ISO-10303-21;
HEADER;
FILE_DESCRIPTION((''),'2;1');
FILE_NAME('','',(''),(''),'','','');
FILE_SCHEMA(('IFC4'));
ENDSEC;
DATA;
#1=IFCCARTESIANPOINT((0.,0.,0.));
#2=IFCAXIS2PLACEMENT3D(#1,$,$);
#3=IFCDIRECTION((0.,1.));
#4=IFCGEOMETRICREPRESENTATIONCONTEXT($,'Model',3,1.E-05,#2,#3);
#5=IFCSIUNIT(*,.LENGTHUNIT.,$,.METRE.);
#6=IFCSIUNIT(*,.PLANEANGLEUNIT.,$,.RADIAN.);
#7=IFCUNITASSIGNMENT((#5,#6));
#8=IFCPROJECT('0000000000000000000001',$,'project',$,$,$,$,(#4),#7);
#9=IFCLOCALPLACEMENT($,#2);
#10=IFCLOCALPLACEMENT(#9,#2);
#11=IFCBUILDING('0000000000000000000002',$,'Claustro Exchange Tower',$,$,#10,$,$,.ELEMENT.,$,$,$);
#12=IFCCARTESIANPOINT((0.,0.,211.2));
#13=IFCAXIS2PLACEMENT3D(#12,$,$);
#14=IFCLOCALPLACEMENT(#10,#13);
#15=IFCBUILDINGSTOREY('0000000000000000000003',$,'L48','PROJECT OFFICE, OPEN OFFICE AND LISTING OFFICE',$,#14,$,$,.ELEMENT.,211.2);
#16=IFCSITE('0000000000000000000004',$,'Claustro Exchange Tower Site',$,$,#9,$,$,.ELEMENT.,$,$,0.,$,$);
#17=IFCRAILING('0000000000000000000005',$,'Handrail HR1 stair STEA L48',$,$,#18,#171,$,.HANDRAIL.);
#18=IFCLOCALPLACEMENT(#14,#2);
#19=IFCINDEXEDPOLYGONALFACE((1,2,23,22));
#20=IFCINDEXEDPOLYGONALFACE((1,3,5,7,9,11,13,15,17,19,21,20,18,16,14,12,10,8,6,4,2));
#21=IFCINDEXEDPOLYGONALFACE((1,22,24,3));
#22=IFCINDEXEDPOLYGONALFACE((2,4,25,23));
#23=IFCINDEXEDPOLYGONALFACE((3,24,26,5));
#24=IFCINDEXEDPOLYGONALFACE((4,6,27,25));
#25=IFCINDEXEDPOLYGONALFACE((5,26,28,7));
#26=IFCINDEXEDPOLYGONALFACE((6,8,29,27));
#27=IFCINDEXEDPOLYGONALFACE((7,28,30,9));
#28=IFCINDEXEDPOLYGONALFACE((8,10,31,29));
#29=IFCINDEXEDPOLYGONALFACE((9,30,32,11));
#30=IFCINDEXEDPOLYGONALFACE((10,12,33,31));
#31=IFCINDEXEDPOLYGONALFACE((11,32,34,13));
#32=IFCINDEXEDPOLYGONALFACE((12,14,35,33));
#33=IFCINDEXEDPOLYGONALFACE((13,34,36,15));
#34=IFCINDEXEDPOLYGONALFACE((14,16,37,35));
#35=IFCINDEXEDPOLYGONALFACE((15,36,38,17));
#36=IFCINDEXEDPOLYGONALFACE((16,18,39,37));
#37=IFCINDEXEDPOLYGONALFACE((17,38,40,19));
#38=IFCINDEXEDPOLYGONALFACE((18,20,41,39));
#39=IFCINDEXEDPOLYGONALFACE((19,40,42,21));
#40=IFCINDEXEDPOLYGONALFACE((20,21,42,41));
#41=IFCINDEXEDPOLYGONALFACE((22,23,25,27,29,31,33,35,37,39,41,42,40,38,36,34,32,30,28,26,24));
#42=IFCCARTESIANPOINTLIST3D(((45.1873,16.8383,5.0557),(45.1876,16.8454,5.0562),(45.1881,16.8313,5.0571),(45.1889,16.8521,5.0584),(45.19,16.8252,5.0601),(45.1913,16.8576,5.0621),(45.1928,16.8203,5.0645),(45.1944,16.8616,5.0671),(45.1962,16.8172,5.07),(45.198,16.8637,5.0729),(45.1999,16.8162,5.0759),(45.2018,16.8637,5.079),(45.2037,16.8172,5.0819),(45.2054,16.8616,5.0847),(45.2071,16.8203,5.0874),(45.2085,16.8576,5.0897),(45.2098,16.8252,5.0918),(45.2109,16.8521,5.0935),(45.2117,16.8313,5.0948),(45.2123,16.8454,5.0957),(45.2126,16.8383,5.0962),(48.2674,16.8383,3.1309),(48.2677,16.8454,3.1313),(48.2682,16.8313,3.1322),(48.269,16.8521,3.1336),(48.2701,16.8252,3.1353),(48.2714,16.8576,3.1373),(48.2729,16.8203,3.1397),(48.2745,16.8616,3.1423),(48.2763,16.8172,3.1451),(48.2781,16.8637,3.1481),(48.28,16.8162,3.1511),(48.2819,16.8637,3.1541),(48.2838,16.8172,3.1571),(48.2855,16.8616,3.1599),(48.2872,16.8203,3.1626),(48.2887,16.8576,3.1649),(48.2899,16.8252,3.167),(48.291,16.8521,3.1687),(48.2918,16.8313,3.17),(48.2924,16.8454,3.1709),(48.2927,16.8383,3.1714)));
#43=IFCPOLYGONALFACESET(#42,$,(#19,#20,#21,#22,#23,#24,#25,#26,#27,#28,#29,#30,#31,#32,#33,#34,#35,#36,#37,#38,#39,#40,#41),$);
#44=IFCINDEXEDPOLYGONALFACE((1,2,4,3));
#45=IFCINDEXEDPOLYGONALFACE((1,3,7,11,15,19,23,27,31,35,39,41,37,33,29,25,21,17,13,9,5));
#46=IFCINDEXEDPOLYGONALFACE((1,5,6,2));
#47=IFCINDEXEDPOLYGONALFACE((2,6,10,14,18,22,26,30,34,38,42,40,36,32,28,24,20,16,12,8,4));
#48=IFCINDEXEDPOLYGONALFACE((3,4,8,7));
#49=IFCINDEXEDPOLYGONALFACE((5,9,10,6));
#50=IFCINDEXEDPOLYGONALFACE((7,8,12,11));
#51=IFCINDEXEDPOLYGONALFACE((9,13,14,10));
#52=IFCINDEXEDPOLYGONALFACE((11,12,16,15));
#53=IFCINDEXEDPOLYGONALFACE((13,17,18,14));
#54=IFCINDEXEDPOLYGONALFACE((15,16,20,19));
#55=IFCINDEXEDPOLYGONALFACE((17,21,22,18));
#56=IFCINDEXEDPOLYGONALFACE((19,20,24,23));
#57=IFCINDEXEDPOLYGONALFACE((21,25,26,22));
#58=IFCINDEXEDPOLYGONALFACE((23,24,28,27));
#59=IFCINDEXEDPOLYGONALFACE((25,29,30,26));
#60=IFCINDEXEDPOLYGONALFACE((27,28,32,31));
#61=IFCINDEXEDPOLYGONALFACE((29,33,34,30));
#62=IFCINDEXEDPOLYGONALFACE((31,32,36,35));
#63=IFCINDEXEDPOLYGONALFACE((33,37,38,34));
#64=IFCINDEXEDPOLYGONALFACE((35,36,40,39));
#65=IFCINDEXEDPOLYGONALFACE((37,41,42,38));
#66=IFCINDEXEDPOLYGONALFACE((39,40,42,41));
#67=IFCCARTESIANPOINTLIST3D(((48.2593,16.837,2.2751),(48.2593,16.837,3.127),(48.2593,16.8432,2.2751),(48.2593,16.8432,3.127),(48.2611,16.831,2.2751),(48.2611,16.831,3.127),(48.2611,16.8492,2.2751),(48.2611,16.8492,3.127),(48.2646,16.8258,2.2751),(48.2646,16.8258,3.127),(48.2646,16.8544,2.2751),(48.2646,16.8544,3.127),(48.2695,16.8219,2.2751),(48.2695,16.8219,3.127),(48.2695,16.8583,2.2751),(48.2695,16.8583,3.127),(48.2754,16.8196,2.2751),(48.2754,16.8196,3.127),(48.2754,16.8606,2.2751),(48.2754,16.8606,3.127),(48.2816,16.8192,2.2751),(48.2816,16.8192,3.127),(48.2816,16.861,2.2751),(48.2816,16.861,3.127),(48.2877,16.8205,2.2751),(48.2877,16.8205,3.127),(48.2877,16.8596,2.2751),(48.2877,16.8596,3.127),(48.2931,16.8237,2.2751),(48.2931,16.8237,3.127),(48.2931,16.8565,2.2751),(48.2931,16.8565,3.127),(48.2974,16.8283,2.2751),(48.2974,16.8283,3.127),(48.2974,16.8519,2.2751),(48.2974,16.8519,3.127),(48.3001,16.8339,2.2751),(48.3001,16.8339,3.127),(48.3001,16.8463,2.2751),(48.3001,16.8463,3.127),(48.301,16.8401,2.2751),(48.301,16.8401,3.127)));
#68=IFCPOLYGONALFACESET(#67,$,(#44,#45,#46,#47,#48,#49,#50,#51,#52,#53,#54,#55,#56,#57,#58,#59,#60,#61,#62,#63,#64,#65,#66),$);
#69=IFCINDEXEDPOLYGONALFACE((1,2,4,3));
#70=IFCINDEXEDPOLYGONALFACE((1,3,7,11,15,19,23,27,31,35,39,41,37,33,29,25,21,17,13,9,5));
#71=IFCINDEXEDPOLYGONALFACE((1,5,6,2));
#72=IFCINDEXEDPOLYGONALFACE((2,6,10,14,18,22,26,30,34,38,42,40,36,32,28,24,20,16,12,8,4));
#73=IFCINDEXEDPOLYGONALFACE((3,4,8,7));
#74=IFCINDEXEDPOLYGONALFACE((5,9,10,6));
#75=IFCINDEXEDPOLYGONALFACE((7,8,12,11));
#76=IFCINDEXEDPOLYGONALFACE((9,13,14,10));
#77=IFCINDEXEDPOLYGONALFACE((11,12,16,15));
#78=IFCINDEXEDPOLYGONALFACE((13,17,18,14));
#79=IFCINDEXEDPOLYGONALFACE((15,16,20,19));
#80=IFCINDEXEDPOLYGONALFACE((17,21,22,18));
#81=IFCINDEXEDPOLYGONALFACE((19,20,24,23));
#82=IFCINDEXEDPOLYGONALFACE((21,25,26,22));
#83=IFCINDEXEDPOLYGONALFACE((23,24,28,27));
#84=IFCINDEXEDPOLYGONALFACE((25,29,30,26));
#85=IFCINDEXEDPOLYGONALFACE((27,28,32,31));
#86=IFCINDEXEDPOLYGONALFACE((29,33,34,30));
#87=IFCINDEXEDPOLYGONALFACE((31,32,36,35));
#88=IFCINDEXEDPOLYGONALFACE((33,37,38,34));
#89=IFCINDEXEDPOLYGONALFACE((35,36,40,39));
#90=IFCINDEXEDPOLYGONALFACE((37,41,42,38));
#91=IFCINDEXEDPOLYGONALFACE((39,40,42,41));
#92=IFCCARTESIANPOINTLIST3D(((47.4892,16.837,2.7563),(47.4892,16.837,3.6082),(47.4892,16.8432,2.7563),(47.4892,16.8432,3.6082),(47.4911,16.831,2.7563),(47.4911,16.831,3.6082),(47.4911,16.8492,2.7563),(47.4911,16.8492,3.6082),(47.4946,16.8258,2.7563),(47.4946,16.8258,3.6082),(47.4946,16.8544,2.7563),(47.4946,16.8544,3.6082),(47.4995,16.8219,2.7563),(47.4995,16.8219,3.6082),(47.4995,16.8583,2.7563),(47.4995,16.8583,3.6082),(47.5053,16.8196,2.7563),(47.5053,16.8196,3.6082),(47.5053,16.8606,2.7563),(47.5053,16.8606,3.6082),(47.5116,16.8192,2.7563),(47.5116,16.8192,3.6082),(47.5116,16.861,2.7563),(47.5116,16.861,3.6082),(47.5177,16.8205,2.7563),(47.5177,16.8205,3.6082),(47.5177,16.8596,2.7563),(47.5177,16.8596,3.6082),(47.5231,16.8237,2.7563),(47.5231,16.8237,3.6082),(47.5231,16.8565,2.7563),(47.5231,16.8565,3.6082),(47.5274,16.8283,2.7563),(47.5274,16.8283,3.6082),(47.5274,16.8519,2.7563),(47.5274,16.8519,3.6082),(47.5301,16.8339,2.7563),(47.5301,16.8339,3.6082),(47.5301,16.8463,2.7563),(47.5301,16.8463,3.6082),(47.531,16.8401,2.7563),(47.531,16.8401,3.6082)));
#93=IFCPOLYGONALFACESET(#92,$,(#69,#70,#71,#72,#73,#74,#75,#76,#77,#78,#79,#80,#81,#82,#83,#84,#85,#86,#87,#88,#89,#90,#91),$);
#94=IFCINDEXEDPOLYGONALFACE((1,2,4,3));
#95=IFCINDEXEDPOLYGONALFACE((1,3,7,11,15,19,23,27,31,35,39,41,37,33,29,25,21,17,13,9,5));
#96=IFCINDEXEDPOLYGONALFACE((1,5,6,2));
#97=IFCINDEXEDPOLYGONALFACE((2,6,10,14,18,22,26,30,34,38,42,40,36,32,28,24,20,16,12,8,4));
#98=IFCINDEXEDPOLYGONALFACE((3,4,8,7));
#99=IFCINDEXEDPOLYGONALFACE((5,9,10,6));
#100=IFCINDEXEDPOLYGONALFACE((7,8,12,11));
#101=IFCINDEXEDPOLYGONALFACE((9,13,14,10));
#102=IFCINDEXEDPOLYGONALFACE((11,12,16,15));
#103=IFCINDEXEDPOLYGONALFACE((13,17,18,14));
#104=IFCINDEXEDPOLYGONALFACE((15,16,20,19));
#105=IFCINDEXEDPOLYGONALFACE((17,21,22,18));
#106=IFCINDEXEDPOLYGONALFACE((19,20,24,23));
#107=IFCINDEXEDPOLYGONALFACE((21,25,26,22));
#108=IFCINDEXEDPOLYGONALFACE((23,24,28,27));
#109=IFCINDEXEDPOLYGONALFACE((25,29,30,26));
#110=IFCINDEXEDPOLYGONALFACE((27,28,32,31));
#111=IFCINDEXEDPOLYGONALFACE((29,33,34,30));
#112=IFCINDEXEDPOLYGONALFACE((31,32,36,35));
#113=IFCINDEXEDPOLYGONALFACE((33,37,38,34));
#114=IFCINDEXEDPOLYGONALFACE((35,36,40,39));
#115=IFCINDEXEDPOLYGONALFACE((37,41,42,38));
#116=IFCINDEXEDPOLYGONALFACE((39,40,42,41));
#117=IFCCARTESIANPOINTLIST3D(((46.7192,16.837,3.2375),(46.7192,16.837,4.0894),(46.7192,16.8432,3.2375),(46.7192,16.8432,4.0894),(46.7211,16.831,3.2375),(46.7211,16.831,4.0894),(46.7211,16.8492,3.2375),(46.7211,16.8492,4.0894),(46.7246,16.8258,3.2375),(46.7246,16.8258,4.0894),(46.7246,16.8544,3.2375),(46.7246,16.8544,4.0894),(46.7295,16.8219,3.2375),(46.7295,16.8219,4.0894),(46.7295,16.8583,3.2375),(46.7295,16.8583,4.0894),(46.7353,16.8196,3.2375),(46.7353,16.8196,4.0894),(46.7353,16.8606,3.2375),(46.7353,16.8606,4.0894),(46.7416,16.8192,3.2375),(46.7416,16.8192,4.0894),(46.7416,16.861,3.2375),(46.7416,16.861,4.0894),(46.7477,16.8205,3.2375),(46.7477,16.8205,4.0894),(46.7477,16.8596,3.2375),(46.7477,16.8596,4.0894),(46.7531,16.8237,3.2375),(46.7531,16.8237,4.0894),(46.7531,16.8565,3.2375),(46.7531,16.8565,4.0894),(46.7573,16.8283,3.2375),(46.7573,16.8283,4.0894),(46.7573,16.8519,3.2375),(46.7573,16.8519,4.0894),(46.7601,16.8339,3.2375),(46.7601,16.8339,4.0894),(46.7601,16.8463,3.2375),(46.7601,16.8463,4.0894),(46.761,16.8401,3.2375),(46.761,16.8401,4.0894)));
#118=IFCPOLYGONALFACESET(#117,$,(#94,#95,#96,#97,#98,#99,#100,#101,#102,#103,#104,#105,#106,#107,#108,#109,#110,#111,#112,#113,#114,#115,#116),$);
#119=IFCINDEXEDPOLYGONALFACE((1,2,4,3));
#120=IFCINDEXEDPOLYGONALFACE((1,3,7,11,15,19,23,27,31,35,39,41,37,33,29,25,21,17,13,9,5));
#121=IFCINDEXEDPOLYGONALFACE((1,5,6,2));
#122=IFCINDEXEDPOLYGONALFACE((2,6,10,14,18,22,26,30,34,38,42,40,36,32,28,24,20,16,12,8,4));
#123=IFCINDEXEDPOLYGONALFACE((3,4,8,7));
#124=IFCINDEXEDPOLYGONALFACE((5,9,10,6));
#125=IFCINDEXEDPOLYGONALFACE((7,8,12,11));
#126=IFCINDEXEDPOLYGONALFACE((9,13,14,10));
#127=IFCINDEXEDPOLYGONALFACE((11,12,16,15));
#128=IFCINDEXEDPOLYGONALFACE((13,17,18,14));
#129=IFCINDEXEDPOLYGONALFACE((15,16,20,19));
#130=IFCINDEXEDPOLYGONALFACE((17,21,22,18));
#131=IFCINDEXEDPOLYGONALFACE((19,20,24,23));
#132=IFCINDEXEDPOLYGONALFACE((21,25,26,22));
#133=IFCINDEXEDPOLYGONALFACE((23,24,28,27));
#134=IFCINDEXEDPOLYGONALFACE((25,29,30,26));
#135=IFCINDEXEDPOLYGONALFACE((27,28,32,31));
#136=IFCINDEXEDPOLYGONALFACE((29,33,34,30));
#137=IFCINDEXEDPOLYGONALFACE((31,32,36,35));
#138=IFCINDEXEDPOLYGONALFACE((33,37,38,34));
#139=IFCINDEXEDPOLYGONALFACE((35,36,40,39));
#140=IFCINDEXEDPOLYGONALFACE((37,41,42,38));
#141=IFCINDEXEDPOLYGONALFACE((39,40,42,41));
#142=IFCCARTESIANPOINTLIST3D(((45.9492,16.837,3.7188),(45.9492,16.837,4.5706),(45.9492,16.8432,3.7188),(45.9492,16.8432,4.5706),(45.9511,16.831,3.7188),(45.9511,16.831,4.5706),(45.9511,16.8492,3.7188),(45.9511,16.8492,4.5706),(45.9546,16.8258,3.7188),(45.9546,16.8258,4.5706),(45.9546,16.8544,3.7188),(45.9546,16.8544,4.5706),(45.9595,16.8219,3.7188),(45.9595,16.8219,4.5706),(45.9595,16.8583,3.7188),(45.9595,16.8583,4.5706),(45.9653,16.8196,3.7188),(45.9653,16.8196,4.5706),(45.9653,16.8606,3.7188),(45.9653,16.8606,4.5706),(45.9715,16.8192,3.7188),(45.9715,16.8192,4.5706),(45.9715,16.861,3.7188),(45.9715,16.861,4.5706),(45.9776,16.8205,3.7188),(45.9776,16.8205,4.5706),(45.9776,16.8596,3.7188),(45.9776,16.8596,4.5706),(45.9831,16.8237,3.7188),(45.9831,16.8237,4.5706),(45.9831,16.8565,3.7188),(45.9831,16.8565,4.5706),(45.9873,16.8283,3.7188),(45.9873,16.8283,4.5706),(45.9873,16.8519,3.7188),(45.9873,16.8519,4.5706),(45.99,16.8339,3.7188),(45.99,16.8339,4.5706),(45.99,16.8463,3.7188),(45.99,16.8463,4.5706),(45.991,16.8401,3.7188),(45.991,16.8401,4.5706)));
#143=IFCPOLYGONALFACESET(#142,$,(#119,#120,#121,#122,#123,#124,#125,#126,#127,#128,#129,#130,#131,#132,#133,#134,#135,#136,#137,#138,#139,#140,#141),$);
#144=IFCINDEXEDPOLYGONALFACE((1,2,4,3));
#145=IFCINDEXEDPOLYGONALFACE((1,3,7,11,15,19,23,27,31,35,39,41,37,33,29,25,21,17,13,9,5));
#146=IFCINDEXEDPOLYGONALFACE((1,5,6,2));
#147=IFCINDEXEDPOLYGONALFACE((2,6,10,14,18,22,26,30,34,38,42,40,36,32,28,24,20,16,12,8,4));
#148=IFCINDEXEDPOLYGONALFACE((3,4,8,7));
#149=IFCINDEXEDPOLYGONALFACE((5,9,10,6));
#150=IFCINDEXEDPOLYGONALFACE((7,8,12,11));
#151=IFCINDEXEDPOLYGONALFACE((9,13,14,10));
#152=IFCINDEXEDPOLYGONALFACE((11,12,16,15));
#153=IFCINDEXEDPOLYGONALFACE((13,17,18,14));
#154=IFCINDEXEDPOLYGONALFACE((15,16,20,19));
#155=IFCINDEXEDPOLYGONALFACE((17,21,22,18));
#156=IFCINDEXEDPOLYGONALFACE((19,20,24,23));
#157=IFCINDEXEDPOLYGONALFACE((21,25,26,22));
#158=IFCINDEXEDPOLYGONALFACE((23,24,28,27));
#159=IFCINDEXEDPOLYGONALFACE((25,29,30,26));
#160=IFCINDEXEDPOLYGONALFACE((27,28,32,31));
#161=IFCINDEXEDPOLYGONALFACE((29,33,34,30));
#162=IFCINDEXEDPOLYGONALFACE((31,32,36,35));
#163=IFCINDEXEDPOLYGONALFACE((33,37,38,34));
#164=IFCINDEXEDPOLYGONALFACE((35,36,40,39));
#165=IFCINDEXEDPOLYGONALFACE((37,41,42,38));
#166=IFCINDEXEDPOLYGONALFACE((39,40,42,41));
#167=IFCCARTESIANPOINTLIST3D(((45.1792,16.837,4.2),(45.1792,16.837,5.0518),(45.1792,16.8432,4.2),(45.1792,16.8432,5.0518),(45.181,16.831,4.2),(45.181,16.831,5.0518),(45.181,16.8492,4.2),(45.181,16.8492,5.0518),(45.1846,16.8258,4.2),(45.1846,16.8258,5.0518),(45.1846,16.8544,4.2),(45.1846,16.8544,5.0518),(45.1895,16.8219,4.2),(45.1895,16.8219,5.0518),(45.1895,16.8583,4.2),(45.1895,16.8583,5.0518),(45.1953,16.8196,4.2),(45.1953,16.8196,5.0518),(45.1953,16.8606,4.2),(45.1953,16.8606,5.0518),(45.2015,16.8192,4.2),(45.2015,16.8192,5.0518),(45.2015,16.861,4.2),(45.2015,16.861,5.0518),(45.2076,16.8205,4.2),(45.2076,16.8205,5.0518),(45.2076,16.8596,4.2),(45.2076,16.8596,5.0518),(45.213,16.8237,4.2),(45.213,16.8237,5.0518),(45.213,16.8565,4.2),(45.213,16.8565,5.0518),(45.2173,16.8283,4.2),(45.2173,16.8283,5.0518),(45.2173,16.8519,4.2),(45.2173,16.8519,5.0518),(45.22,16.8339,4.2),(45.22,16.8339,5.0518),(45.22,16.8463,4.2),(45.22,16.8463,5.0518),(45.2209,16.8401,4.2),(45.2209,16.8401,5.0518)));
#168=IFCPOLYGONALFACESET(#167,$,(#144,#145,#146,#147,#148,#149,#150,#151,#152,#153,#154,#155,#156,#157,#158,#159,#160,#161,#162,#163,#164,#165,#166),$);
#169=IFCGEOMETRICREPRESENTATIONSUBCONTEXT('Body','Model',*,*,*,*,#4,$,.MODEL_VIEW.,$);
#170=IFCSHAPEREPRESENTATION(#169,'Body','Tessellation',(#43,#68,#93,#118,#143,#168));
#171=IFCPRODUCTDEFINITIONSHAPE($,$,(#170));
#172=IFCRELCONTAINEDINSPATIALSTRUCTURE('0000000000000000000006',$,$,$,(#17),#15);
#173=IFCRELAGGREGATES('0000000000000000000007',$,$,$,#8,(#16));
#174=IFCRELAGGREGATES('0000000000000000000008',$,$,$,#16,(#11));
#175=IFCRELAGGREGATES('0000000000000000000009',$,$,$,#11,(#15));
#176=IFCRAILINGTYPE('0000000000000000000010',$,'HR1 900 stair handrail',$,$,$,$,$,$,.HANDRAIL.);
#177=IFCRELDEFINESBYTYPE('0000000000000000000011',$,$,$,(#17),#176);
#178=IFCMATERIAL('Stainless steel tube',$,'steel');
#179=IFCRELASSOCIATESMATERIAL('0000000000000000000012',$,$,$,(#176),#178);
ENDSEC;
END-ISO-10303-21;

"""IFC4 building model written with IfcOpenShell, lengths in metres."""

from ifc_helpers import new_model, si_unit, direction, frame, origin, origin_2d, place, context, subcontext, project, spatial, circle, extrude, material, type_object, element, save


model = new_model("IFC4")

# Units and contexts
model_context = context("Model", 3, precision=1e-05, world=origin(), true_north=direction((0.0, 1.0)))
body_context = subcontext(model_context, "Body", "Model", "MODEL_VIEW")
ifc_project = project(units=[si_unit("LENGTHUNIT", "METRE"), si_unit("PLANEANGLEUNIT", "RADIAN")], contexts=[model_context])

# Site, building, storey
site_placement = place(None, origin())
site = spatial("IfcSite", under=ifc_project, at=site_placement, Name="Claustro Exchange Tower Site", CompositionType="ELEMENT", RefElevation=0.0)
building_placement = place(site_placement, origin())
building = spatial("IfcBuilding", under=site, at=building_placement, Name="Claustro Exchange Tower", CompositionType="ELEMENT")
storey_placement = place(building_placement, frame((0.0, 0.0, 211.2)))
storey = spatial("IfcBuildingStorey", under=building, at=storey_placement, Name="L48", Description="PROJECT OFFICE, OPEN OFFICE AND LISTING OFFICE", CompositionType="ELEMENT", Elevation=211.2)

# Railing
ifc_material_1 = material(Name="Stainless steel tube", Category="steel")
railing_type_1 = type_object("IfcRailingType", Name="HR1 900 stair handrail", PredefinedType="HANDRAIL", material=ifc_material_1)
railing_1_placement = place(storey_placement, frame((48.28, 16.8401, 2.2751)))
element("IfcRailing", 1, at=railing_1_placement, inside=storey, type_object=railing_type_1, Name="Handrail HR1 stair STEA L48", PredefinedType="HANDRAIL", context=body_context, shape_type="SweptSolid", body=[
    extrude(circle(Radius=0.0239, at=origin_2d()), frame((0.0, 0.0, 0.876), z_axis=(-0.848029, 0.0, 0.529951), x_axis=(0.0, -1.0, 0.0)), (0.0, 0.0, 1.0), 3.6321),
    extrude(circle(Radius=0.021, at=origin_2d()), origin(), (0.0, 0.0, 1.0), 0.8518),
    extrude(circle(Radius=0.021, at=origin_2d()), frame((-0.77, 0.0, 0.4812)), (0.0, 0.0, 1.0), 0.8518),
    extrude(circle(Radius=0.021, at=origin_2d()), frame((-1.54, 0.0, 0.9624)), (0.0, 0.0, 1.0), 0.8518),
    extrude(circle(Radius=0.021, at=origin_2d()), frame((-2.3101, 0.0, 1.4436)), (0.0, 0.0, 1.0), 0.8518),
    extrude(circle(Radius=0.021, at=origin_2d()), frame((-3.0801, 0.0, 1.9248)), (0.0, 0.0, 1.0), 0.8518),
])

save(model, "model.ifc")
